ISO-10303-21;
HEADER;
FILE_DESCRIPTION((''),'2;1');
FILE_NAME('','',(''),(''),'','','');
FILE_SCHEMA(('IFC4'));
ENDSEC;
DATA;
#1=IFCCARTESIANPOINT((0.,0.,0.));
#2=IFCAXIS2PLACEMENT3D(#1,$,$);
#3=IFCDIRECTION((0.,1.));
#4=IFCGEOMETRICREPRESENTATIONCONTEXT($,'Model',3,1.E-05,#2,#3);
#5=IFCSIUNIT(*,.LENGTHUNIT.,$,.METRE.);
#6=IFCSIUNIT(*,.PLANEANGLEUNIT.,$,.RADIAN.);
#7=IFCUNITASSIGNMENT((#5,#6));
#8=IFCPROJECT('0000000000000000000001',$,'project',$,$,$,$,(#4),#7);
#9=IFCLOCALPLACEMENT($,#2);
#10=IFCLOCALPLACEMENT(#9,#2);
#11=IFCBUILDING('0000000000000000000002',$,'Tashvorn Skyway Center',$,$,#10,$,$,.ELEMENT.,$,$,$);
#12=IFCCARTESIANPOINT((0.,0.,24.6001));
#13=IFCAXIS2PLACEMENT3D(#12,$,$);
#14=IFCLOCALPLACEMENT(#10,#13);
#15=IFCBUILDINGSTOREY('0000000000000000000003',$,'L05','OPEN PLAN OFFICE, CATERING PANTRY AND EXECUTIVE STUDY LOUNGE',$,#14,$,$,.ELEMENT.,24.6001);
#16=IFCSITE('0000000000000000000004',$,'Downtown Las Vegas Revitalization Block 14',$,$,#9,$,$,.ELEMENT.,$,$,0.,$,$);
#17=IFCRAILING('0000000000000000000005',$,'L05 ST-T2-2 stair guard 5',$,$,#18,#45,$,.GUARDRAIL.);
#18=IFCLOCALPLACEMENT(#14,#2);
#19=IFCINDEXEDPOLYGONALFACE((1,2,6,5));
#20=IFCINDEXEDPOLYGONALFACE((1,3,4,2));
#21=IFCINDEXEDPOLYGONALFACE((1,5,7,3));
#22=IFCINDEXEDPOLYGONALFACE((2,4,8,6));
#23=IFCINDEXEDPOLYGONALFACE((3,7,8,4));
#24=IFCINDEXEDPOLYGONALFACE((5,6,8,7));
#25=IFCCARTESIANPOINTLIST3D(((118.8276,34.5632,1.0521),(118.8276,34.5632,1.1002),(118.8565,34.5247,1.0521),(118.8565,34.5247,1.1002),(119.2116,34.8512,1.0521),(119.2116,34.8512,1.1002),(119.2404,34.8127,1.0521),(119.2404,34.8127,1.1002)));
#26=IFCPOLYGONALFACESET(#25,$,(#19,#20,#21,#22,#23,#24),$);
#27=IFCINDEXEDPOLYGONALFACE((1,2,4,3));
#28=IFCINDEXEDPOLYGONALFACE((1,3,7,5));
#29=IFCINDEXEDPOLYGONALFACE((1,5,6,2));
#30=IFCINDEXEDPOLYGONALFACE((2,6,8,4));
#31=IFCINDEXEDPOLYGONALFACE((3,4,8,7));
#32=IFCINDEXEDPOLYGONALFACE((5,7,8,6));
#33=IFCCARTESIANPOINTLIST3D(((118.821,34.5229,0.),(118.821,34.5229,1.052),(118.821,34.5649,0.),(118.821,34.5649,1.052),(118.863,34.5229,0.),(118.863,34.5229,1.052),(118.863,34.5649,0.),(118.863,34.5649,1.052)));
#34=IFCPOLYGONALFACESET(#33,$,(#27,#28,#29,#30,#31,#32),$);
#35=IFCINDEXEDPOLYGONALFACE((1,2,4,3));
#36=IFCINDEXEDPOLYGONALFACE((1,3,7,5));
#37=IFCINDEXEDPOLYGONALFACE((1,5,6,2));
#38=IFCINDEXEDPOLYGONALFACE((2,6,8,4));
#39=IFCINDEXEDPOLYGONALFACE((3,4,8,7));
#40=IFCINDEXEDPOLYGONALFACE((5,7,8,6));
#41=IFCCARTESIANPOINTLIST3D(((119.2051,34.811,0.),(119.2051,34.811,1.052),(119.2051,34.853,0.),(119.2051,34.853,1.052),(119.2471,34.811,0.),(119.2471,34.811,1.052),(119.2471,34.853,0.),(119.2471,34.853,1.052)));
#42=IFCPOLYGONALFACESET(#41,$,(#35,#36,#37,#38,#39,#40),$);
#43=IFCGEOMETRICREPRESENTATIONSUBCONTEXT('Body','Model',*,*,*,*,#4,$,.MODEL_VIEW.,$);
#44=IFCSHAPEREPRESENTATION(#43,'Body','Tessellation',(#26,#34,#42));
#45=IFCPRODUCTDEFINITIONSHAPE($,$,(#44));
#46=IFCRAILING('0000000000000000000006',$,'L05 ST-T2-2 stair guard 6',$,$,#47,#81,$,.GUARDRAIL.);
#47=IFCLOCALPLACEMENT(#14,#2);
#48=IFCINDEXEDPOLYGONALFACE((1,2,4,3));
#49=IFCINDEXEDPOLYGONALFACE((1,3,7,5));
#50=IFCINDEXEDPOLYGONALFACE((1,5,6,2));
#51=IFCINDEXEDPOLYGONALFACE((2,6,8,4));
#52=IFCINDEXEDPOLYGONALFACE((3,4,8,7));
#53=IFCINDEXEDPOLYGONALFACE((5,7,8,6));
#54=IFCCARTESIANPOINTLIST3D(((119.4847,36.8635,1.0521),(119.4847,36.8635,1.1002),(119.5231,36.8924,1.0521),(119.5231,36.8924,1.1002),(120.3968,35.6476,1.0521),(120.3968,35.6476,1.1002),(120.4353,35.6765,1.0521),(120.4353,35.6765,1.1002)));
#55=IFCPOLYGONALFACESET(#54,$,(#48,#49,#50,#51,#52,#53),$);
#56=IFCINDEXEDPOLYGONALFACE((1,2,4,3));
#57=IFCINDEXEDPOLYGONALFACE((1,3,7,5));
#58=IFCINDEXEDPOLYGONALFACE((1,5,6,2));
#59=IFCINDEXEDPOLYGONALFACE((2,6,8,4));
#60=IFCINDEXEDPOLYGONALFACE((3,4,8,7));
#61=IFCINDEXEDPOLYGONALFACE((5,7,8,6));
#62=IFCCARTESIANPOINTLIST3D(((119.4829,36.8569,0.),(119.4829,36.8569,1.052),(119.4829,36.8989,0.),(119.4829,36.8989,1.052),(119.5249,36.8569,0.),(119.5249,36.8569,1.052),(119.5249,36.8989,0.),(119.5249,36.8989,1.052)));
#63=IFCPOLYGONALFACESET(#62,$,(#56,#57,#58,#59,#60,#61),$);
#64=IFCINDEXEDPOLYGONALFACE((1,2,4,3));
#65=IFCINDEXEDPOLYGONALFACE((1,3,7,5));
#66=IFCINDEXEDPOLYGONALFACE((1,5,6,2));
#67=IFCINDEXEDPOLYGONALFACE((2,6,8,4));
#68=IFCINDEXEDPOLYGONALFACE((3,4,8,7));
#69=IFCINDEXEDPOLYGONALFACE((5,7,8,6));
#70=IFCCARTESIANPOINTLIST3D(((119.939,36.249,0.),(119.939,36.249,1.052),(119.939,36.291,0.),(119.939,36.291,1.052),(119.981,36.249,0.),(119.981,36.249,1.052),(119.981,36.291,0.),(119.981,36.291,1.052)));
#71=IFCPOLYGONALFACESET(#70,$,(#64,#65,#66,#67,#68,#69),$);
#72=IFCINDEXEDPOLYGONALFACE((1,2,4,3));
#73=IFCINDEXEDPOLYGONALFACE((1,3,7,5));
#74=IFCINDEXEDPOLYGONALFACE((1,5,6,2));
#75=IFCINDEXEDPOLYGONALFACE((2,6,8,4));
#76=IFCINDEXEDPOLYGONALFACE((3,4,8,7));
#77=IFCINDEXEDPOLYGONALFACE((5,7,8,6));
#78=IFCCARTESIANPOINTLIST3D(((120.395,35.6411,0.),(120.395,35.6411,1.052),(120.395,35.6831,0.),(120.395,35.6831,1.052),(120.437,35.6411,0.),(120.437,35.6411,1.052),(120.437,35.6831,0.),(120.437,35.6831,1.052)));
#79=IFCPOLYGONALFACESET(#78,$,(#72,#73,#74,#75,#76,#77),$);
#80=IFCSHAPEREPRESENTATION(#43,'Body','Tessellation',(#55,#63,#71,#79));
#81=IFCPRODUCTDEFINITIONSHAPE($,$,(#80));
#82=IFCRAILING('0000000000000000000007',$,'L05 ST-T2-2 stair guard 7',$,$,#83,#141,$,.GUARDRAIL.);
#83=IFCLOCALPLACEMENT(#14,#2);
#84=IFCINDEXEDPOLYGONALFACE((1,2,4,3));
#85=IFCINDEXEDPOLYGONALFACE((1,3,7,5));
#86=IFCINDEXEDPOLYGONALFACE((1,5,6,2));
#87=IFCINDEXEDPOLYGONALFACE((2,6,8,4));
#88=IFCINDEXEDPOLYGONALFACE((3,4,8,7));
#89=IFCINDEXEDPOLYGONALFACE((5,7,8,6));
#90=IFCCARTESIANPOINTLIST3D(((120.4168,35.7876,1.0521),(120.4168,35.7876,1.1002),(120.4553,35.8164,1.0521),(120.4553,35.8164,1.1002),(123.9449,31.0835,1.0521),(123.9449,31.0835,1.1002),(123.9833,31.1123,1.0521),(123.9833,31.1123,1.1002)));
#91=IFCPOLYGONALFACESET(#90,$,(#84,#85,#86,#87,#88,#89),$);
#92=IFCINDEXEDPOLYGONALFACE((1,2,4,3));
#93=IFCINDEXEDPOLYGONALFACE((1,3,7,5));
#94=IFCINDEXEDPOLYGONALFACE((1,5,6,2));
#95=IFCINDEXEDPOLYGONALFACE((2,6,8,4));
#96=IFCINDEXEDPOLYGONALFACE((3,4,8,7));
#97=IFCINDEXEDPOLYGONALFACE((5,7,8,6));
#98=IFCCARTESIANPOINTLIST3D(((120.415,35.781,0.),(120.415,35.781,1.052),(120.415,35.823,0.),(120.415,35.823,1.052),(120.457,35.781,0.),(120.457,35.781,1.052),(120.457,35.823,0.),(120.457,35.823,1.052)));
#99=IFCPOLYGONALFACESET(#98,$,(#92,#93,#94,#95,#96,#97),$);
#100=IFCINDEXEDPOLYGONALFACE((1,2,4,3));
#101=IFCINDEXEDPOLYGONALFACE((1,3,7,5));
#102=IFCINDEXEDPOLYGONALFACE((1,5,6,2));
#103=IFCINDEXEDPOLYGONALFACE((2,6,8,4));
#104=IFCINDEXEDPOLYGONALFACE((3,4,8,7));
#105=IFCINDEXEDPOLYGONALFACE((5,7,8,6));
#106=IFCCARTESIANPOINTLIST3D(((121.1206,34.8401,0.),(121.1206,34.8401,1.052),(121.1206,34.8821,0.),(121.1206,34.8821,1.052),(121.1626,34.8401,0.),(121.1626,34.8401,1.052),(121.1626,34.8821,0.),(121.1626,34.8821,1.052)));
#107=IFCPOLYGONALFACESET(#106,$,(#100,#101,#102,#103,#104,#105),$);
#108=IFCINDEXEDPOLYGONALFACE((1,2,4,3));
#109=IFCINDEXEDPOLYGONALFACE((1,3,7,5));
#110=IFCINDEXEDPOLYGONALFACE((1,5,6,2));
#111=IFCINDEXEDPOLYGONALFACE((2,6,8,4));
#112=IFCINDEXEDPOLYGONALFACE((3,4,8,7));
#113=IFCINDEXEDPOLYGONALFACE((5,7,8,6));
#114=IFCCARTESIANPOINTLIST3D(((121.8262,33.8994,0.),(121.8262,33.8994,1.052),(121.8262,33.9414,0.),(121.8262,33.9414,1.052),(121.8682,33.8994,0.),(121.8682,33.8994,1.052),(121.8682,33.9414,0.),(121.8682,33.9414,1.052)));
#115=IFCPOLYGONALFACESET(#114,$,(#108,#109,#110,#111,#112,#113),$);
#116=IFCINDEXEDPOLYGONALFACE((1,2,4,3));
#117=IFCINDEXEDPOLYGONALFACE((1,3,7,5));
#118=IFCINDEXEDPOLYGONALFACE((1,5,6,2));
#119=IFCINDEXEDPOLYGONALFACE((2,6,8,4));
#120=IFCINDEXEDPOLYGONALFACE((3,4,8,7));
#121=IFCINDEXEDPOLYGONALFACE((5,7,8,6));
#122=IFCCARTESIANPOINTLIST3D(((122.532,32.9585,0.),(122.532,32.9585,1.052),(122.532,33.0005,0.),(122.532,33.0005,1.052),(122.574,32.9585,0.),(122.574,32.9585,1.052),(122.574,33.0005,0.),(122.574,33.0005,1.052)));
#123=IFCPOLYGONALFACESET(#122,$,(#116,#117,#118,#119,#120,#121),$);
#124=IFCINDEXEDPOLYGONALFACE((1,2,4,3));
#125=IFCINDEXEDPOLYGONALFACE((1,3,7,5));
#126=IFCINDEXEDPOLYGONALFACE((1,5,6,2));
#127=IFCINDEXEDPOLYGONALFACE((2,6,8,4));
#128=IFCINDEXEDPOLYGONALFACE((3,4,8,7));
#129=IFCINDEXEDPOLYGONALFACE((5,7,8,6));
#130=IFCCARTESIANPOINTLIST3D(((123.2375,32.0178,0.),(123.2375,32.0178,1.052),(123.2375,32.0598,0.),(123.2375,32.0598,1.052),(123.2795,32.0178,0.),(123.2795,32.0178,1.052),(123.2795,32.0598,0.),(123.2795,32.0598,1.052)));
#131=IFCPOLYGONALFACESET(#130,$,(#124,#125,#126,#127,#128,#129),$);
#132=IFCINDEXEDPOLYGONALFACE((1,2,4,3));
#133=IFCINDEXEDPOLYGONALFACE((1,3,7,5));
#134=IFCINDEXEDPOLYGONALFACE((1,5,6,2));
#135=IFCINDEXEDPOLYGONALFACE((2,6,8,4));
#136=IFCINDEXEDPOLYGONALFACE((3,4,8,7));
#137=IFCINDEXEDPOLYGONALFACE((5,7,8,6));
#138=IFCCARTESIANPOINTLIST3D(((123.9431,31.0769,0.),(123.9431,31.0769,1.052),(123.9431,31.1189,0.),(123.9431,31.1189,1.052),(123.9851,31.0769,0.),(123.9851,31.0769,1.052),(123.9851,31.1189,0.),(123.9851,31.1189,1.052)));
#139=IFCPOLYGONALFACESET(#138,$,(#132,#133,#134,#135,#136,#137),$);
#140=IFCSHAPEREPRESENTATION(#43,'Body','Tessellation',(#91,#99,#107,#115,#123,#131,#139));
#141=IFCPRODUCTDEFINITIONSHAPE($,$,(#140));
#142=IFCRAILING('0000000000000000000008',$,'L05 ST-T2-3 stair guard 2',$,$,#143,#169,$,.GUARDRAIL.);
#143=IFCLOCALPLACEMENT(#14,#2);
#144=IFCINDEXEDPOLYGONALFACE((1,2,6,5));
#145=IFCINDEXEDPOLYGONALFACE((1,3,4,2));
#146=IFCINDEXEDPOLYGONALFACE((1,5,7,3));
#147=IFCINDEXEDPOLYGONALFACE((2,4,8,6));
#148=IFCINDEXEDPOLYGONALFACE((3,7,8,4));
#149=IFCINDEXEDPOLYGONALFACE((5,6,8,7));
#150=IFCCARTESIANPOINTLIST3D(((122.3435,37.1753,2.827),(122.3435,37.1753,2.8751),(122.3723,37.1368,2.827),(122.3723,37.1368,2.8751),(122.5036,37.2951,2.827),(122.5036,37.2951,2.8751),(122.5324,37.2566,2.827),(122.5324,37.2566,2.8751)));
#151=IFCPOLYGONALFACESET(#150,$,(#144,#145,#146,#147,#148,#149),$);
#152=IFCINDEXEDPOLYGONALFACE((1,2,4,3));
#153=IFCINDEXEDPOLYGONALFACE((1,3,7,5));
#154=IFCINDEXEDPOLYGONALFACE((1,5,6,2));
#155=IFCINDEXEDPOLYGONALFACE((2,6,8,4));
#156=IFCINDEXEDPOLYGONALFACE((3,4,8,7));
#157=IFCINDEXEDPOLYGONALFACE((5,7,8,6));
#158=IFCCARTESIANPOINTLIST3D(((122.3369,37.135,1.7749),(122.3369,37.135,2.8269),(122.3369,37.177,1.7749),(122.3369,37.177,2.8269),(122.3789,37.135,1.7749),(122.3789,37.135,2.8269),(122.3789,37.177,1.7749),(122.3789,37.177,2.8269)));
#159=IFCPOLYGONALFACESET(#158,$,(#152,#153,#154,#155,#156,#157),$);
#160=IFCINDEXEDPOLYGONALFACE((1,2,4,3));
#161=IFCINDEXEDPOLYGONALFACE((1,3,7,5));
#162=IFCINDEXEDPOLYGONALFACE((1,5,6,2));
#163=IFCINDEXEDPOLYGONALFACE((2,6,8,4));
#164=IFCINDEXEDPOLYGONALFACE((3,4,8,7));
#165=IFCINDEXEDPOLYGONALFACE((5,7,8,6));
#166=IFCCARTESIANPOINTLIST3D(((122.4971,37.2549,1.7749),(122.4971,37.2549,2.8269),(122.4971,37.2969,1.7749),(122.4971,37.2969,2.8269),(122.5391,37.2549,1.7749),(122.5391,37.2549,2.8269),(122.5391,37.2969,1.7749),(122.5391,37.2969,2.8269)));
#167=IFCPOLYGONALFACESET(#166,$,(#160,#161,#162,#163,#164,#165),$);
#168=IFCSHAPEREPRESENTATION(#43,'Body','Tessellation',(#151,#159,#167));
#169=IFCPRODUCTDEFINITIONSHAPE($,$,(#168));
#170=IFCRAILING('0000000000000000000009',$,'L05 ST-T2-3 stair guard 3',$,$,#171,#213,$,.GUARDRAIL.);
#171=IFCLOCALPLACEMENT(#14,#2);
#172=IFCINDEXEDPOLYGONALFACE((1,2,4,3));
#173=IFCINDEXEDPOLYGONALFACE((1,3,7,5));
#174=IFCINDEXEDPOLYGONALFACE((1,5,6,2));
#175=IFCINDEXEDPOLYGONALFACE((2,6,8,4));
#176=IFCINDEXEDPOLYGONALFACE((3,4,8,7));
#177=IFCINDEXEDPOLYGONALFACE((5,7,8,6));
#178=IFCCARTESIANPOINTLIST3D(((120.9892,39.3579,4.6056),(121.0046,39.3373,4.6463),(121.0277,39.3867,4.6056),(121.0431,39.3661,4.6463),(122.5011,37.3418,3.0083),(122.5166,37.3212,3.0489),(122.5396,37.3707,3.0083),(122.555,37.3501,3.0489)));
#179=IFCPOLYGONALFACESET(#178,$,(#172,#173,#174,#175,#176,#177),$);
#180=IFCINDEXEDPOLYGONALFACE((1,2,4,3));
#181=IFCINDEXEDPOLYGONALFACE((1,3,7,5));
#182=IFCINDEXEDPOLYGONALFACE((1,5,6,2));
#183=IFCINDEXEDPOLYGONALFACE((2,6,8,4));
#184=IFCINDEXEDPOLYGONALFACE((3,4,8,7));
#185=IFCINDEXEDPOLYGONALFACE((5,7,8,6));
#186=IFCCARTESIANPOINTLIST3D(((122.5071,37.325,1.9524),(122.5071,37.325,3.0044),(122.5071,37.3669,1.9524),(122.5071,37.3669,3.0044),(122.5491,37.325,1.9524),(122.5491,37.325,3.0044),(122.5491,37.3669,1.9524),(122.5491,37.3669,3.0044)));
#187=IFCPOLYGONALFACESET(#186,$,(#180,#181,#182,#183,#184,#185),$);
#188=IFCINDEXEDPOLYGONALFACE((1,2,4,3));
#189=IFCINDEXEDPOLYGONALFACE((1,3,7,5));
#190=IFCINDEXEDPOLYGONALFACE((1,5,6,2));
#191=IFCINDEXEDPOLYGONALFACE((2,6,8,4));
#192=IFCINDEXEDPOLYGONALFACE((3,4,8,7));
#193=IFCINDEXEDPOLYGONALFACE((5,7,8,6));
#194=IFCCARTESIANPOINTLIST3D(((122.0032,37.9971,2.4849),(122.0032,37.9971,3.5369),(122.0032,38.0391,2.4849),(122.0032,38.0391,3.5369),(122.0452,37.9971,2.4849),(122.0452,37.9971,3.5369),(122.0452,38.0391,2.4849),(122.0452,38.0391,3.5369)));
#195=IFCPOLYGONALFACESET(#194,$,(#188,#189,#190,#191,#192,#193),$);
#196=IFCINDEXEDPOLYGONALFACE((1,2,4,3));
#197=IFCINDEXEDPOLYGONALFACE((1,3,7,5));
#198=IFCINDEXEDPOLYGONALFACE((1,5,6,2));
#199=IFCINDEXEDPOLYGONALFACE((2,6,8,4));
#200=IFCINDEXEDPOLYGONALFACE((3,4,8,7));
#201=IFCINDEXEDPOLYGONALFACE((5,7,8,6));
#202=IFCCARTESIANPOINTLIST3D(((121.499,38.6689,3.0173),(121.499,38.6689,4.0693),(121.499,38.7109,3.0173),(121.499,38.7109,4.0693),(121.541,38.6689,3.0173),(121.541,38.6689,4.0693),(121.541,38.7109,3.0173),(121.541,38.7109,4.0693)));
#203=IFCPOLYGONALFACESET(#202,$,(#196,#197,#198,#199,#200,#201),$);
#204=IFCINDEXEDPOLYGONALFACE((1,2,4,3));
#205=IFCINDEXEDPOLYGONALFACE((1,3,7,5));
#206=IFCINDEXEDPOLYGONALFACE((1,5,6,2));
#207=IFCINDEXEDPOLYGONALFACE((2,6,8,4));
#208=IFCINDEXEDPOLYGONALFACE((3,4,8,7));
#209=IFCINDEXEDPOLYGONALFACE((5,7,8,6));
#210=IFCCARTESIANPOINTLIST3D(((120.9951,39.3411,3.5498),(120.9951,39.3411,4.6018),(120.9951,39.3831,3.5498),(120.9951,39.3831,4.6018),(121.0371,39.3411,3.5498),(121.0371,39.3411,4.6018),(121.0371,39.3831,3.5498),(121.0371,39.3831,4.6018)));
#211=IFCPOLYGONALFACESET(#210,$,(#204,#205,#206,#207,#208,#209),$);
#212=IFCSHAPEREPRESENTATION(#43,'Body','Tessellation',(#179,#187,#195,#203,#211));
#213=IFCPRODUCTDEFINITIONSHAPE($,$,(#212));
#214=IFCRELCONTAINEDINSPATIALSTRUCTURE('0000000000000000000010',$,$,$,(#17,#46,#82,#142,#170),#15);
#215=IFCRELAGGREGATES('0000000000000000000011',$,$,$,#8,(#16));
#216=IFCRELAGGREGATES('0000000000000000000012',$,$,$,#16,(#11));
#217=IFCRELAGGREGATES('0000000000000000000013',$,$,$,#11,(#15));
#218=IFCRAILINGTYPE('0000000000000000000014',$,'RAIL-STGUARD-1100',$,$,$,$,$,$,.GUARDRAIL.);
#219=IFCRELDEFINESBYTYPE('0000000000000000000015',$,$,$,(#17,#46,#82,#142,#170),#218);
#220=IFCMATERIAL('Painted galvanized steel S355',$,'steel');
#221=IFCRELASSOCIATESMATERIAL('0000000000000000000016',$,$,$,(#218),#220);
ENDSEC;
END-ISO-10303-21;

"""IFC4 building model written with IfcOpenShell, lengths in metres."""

from ifc_helpers import new_model, si_unit, direction, frame, origin, origin_2d, place, context, subcontext, project, spatial, rectangle, extrude, material, type_object, element, save


model = new_model("IFC4")

# Units and contexts
model_context = context("Model", 3, precision=1e-05, world=origin(), true_north=direction((0.0, 1.0)))
body_context = subcontext(model_context, "Body", "Model", "MODEL_VIEW")
ifc_project = project(units=[si_unit("LENGTHUNIT", "METRE"), si_unit("PLANEANGLEUNIT", "RADIAN")], contexts=[model_context])

# Site, building, storey
site_placement = place(None, origin())
site = spatial("IfcSite", under=ifc_project, at=site_placement, Name="Downtown Las Vegas Revitalization Block 14", CompositionType="ELEMENT", RefElevation=0.0)
building_placement = place(site_placement, origin())
building = spatial("IfcBuilding", under=site, at=building_placement, Name="Tashvorn Skyway Center", CompositionType="ELEMENT")
storey_placement = place(building_placement, frame((0.0, 0.0, 24.6001)))
storey = spatial("IfcBuildingStorey", under=building, at=storey_placement, Name="L05", Description="OPEN PLAN OFFICE, CATERING PANTRY AND EXECUTIVE STUDY LOUNGE", CompositionType="ELEMENT", Elevation=24.6001)

# Railings
ifc_material_1 = material(Name="Painted galvanized steel S355", Category="steel")
railing_type_1 = type_object("IfcRailingType", Name="RAIL-STGUARD-1100", PredefinedType="GUARDRAIL", material=ifc_material_1)
railing_1_placement = place(storey_placement, frame((118.842, 34.5439, 0.0)))
element("IfcRailing", 1, at=railing_1_placement, inside=storey, type_object=railing_type_1, Name="L05 ST-T2-2 stair guard 5", PredefinedType="GUARDRAIL", context=body_context, shape_type="SweptSolid", body=[
    extrude(rectangle(XDim=0.0481, YDim=0.0481, at=origin_2d()), frame((0.0, 0.0, 1.0762), z_axis=(0.799939, 0.600081, 0.0), x_axis=(-0.600081, 0.799939, 0.0)), (0.0, 0.0, 1.0), 0.48),
    extrude(rectangle(XDim=0.042, YDim=0.042, at=origin_2d()), origin(), (0.0, 0.0, 1.0), 1.052),
    extrude(rectangle(XDim=0.042, YDim=0.042, at=origin_2d()), frame((0.384, 0.2881, 0.0)), (0.0, 0.0, 1.0), 1.052),
])
railing_2_placement = place(storey_placement, frame((119.5039, 36.8779, 0.0)))
element("IfcRailing", 2, at=railing_2_placement, inside=storey, type_object=railing_type_1, Name="L05 ST-T2-2 stair guard 6", PredefinedType="GUARDRAIL", context=body_context, shape_type="SweptSolid", body=[
    extrude(rectangle(XDim=0.0481, YDim=0.0481, at=origin_2d()), frame((0.0, 0.0, 1.0762), z_axis=(0.600103, -0.799923, 0.0), x_axis=(0.799923, 0.600103, 0.0)), (0.0, 0.0, 1.0), 1.52),
    extrude(rectangle(XDim=0.042, YDim=0.042, at=origin_2d()), origin(), (0.0, 0.0, 1.0), 1.052),
    extrude(rectangle(XDim=0.042, YDim=0.042, at=origin_2d()), frame((0.4561, -0.6079, 0.0)), (0.0, 0.0, 1.0), 1.052),
    extrude(rectangle(XDim=0.042, YDim=0.042, at=origin_2d()), frame((0.9121, -1.2158, 0.0)), (0.0, 0.0, 1.0), 1.052),
])
railing_3_placement = place(storey_placement, frame((120.436, 35.802, 0.0)))
element("IfcRailing", 3, at=railing_3_placement, inside=storey, type_object=railing_type_1, Name="L05 ST-T2-2 stair guard 7", PredefinedType="GUARDRAIL", context=body_context, shape_type="SweptSolid", body=[
    extrude(rectangle(XDim=0.0481, YDim=0.0481, at=origin_2d()), frame((0.0, 0.0, 1.0762), z_axis=(0.6, -0.8, 0.0), x_axis=(0.8, 0.6, 0.0)), (0.0, 0.0, 1.0), 5.8801),
    extrude(rectangle(XDim=0.042, YDim=0.042, at=origin_2d()), origin(), (0.0, 0.0, 1.0), 1.052),
    extrude(rectangle(XDim=0.042, YDim=0.042, at=origin_2d()), frame((0.7056, -0.9409, 0.0)), (0.0, 0.0, 1.0), 1.052),
    extrude(rectangle(XDim=0.042, YDim=0.042, at=origin_2d()), frame((1.4111, -1.8816, 0.0)), (0.0, 0.0, 1.0), 1.052),
    extrude(rectangle(XDim=0.042, YDim=0.042, at=origin_2d()), frame((2.1169, -2.8225, 0.0)), (0.0, 0.0, 1.0), 1.052),
    extrude(rectangle(XDim=0.042, YDim=0.042, at=origin_2d()), frame((2.8225, -3.7632, 0.0)), (0.0, 0.0, 1.0), 1.052),
    extrude(rectangle(XDim=0.042, YDim=0.042, at=origin_2d()), frame((3.5281, -4.7041, 0.0)), (0.0, 0.0, 1.0), 1.052),
])
railing_4_placement = place(storey_placement, frame((122.3579, 37.156, 1.7749)))
element("IfcRailing", 4, at=railing_4_placement, inside=storey, type_object=railing_type_1, Name="L05 ST-T2-3 stair guard 2", PredefinedType="GUARDRAIL", context=body_context, shape_type="SweptSolid", body=[
    extrude(rectangle(XDim=0.0481, YDim=0.0481, at=origin_2d()), frame((0.0, 0.0, 1.0762), z_axis=(0.800585, 0.599219, 0.0), x_axis=(-0.599219, 0.800585, 0.0)), (0.0, 0.0, 1.0), 0.2),
    extrude(rectangle(XDim=0.042, YDim=0.042, at=origin_2d()), origin(), (0.0, 0.0, 1.0), 1.052),
    extrude(rectangle(XDim=0.042, YDim=0.042, at=origin_2d()), frame((0.1602, 0.1199, 0.0)), (0.0, 0.0, 1.0), 1.052),
])
railing_5_placement = place(storey_placement, frame((122.5281, 37.3459, 1.9524)))
element("IfcRailing", 5, at=railing_5_placement, inside=storey, type_object=railing_type_1, Name="L05 ST-T2-3 stair guard 3", PredefinedType="GUARDRAIL", context=body_context, shape_type="SweptSolid", body=[
    extrude(rectangle(XDim=0.0481, YDim=0.0481, at=origin_2d()), frame((0.0, 0.0, 1.0762), z_axis=(-0.506741, 0.675709, 0.535379), x_axis=(-0.800023, -0.599969, 0.0)), (0.0, 0.0, 1.0), 2.9836),
    extrude(rectangle(XDim=0.042, YDim=0.042, at=origin_2d()), origin(), (0.0, 0.0, 1.0), 1.052),
    extrude(rectangle(XDim=0.042, YDim=0.042, at=origin_2d()), frame((-0.5039, 0.6721, 0.5325)), (0.0, 0.0, 1.0), 1.052),
    extrude(rectangle(XDim=0.042, YDim=0.042, at=origin_2d()), frame((-1.0081, 1.344, 1.0649)), (0.0, 0.0, 1.0), 1.052),
    extrude(rectangle(XDim=0.042, YDim=0.042, at=origin_2d()), frame((-1.512, 2.0161, 1.5974)), (0.0, 0.0, 1.0), 1.052),
])

save(model, "model.ifc")
